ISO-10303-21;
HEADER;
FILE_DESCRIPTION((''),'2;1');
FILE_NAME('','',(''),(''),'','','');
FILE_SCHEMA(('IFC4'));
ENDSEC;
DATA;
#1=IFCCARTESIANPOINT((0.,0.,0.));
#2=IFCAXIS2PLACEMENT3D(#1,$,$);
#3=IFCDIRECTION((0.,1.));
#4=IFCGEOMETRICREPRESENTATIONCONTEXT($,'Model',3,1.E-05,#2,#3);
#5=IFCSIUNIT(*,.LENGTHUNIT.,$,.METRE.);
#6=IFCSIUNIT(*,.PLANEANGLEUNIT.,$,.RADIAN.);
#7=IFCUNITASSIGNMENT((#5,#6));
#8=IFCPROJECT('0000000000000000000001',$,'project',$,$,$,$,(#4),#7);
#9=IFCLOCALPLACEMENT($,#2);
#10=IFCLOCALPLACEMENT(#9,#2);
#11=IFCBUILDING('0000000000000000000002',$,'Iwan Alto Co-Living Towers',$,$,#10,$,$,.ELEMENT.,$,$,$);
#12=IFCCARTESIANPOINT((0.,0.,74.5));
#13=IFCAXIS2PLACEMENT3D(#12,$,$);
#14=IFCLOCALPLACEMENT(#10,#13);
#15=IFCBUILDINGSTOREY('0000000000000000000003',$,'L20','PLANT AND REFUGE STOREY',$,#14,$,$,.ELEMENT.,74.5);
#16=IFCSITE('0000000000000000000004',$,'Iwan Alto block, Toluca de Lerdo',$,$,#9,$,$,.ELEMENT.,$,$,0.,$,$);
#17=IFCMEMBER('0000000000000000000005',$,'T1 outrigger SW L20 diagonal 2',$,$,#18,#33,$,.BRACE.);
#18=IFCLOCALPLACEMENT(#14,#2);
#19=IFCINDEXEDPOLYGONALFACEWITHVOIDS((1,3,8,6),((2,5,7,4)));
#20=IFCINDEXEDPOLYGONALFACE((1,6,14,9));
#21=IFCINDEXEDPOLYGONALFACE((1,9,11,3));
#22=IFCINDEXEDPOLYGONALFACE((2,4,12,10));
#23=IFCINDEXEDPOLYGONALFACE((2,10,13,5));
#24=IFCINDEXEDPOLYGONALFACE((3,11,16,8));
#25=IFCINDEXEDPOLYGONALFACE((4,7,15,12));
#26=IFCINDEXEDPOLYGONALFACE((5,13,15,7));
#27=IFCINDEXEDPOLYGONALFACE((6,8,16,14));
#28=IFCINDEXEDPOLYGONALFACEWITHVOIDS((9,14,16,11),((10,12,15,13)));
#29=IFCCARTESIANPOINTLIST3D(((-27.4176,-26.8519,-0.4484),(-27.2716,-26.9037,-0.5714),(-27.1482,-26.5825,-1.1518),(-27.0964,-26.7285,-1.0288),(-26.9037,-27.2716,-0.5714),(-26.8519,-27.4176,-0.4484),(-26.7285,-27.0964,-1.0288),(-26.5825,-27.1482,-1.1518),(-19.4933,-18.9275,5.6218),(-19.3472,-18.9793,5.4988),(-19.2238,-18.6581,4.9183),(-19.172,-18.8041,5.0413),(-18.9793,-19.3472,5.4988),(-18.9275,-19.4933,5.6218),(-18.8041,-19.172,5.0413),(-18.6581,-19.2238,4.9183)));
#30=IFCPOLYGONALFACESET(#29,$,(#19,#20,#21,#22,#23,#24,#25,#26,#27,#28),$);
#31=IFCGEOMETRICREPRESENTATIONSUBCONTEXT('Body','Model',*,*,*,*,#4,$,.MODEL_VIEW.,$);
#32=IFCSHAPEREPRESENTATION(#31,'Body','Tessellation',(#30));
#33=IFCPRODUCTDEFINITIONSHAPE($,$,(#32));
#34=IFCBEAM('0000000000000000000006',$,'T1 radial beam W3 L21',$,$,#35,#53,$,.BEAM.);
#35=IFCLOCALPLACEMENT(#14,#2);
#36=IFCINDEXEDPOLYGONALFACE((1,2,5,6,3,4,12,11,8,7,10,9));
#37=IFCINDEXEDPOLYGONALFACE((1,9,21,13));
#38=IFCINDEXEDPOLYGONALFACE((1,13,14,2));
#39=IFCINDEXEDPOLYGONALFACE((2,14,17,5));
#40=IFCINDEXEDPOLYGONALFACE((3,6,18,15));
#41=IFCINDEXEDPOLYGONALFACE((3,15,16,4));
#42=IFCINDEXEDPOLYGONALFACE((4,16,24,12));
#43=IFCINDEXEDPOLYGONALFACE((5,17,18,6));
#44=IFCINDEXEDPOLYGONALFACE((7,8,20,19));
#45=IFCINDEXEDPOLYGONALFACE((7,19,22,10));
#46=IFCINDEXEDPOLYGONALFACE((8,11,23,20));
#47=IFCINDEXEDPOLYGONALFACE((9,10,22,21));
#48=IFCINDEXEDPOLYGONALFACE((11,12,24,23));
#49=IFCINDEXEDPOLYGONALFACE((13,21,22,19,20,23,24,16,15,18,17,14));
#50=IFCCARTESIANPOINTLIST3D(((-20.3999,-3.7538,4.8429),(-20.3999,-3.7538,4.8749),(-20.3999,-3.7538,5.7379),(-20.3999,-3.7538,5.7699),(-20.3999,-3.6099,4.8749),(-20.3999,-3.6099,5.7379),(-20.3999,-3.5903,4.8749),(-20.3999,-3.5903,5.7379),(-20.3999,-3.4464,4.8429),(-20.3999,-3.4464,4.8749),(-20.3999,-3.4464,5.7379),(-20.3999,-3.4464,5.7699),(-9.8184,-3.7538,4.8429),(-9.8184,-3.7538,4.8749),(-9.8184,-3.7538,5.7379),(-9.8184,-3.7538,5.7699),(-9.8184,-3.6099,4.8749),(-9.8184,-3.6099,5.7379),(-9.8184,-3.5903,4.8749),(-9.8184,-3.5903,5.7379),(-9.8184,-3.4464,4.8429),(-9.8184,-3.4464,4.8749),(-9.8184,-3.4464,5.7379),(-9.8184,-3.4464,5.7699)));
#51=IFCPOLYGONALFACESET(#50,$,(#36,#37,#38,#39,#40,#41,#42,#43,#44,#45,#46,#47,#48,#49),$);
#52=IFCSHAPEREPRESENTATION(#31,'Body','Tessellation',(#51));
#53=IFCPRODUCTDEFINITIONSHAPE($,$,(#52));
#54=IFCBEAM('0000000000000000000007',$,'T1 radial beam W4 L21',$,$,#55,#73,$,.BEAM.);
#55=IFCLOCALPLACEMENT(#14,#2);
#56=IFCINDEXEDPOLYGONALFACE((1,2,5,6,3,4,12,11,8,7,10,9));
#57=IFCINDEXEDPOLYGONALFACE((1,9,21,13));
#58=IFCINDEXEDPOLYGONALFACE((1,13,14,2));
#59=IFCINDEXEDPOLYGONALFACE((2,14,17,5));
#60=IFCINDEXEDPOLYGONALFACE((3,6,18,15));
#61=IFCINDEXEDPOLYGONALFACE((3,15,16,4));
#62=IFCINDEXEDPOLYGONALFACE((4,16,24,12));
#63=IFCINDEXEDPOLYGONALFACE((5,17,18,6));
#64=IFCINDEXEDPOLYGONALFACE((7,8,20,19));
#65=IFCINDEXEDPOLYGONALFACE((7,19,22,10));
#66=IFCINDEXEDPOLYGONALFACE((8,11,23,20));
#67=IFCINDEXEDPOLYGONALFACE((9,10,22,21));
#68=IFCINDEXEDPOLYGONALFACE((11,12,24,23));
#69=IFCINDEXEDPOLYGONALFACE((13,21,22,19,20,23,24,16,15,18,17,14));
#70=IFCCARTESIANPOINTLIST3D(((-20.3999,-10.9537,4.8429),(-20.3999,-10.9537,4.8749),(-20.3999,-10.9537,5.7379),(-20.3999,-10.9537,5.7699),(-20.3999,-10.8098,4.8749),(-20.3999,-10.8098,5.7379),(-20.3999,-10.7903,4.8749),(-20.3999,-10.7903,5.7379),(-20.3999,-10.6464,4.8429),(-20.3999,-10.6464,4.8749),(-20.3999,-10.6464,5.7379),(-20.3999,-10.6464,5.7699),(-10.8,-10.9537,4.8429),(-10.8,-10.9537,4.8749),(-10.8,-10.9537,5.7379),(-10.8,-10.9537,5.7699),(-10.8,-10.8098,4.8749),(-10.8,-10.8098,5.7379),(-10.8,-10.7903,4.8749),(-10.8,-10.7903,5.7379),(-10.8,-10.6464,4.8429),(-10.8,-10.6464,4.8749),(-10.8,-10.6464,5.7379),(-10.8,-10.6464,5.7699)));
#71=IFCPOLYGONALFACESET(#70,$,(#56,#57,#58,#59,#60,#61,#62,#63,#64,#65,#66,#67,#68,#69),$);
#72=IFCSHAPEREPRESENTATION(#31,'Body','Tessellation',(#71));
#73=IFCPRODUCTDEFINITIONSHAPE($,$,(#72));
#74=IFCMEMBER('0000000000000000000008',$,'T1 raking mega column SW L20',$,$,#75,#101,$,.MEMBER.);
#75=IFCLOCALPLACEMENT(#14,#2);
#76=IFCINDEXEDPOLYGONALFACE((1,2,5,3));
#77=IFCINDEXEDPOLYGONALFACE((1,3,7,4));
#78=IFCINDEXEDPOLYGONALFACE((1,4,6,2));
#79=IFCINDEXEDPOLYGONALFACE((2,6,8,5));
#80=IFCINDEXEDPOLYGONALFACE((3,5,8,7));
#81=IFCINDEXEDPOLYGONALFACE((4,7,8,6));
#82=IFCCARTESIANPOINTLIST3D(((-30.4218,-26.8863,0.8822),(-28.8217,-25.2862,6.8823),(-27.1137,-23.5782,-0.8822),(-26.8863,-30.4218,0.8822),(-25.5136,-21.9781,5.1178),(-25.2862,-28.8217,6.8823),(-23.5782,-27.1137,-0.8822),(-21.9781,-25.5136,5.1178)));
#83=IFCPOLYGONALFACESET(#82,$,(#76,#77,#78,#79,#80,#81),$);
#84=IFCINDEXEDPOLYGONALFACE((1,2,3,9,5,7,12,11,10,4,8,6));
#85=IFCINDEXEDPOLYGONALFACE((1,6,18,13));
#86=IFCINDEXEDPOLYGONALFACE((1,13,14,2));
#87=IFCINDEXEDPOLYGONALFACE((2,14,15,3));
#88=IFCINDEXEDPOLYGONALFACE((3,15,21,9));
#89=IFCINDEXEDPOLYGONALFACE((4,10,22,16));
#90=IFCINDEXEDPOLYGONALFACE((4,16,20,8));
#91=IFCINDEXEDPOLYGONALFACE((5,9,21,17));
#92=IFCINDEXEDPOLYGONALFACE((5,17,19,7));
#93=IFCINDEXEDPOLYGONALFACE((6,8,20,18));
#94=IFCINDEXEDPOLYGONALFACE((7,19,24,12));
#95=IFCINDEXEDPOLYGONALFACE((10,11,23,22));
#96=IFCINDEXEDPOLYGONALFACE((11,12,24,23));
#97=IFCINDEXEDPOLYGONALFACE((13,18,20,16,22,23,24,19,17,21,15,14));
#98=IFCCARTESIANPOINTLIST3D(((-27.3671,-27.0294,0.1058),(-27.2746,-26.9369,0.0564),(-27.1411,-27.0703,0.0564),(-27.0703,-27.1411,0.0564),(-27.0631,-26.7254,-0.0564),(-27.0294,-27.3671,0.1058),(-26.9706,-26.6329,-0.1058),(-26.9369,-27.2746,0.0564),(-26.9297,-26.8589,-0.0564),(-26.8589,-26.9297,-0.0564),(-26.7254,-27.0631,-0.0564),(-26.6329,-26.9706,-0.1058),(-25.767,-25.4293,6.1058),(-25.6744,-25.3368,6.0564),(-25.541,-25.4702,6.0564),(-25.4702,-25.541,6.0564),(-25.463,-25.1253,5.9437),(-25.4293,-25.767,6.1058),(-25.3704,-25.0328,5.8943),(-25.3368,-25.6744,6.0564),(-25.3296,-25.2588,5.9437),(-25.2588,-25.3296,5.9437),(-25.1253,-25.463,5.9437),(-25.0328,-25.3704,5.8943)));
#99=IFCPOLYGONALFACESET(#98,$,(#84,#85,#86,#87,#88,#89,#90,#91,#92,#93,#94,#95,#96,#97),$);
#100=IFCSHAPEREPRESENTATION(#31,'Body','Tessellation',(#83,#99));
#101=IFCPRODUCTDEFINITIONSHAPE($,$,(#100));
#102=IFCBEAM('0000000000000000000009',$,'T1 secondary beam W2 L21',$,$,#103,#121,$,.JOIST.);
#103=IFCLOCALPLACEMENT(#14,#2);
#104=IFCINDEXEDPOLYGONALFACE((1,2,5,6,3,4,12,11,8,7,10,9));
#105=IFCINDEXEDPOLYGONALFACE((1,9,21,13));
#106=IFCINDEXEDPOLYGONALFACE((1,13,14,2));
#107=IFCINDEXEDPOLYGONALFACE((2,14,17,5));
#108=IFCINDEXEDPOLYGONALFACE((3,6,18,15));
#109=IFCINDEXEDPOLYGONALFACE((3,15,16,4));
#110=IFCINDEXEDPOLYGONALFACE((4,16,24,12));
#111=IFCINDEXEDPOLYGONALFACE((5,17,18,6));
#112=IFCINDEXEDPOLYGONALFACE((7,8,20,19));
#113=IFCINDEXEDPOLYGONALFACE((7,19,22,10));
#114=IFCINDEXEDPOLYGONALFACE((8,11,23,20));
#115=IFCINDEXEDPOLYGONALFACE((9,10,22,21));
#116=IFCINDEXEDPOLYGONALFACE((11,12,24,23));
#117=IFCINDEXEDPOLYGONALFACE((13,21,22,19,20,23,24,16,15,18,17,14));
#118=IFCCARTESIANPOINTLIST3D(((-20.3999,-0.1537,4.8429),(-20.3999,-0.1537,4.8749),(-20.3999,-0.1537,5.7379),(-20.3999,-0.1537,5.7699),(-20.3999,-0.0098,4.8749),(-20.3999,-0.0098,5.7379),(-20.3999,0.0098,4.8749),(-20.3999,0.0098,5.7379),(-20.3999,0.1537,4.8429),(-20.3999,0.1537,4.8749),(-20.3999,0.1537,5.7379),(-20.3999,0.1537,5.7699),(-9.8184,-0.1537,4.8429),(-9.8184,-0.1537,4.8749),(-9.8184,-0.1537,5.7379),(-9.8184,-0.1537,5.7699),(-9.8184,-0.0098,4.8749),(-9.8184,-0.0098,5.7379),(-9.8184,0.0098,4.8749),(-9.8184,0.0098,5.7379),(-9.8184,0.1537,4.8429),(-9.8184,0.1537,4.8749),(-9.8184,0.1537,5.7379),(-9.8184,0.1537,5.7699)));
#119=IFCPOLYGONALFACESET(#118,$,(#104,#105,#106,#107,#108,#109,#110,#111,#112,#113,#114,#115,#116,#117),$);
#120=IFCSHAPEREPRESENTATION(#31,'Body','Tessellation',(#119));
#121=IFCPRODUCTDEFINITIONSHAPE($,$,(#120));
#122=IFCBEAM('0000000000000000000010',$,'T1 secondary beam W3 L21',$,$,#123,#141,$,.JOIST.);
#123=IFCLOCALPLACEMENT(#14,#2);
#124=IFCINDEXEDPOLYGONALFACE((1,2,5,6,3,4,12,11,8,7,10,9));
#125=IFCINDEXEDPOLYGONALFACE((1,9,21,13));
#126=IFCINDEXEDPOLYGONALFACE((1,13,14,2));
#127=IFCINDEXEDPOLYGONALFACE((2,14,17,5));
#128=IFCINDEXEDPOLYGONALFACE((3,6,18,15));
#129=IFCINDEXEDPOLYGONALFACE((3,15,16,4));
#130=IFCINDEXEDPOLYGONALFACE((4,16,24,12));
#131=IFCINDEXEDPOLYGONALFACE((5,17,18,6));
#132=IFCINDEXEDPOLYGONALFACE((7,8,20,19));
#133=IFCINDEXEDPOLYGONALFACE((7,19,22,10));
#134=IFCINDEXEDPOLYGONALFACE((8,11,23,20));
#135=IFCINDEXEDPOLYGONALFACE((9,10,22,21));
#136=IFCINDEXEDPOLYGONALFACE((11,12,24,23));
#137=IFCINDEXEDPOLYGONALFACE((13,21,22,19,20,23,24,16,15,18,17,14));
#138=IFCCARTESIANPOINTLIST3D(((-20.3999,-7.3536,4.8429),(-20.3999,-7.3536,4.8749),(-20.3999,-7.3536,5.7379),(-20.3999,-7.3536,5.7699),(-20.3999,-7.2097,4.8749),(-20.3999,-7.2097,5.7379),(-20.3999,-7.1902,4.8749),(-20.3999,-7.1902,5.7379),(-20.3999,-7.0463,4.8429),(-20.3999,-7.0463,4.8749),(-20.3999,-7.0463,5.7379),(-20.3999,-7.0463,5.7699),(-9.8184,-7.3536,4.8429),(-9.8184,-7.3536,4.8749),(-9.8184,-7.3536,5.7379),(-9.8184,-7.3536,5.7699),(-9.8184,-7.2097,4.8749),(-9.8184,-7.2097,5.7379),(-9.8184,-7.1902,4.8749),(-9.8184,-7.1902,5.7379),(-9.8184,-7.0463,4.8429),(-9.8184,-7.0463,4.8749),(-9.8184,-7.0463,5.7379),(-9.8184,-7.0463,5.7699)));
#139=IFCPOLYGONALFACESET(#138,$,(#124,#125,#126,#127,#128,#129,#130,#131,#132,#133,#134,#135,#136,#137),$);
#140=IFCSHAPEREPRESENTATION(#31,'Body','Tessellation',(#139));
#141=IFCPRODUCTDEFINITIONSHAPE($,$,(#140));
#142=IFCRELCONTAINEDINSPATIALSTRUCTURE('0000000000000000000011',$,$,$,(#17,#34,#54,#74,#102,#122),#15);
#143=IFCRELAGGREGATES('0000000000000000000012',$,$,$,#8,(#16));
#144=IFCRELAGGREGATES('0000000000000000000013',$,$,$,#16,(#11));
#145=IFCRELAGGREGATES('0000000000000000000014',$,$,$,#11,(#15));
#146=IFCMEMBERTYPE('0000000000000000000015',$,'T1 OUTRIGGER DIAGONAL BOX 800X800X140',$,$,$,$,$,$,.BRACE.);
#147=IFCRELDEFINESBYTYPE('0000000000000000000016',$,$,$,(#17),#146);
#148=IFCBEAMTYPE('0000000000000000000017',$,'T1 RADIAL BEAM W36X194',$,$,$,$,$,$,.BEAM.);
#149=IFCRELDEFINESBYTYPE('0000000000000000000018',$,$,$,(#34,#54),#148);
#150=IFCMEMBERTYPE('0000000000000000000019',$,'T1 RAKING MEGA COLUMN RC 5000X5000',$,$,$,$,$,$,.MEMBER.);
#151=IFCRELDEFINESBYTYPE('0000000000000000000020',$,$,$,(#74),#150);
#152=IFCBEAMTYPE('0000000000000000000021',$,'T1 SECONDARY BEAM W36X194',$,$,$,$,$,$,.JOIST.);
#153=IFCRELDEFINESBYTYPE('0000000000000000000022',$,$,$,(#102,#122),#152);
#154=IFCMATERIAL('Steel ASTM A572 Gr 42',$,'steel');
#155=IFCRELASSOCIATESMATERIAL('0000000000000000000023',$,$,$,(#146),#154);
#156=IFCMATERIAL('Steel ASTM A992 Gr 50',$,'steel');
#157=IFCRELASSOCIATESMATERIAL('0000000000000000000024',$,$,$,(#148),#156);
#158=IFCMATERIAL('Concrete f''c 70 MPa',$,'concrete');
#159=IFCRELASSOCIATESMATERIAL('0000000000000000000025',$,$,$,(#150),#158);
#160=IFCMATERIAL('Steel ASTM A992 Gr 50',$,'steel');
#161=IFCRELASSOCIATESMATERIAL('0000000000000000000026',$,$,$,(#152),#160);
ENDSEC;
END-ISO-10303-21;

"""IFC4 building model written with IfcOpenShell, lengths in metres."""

from ifc_helpers import new_model, si_unit, direction, frame, origin, origin_2d, place, context, subcontext, project, spatial, rectangle, hollow_rectangle, i_section, extrude, material, material_profile, profile_set, type_object, element, save


model = new_model("IFC4")

# Units and contexts
model_context = context("Model", 3, precision=1e-05, world=origin(), true_north=direction((0.0, 1.0)))
body_context = subcontext(model_context, "Body", "Model", "MODEL_VIEW")
ifc_project = project(units=[si_unit("LENGTHUNIT", "METRE"), si_unit("PLANEANGLEUNIT", "RADIAN")], contexts=[model_context])

# Site, building, storey
site_placement = place(None, origin())
site = spatial("IfcSite", under=ifc_project, at=site_placement, Name="Iwan Alto block, Toluca de Lerdo", CompositionType="ELEMENT", RefElevation=0.0)
building_placement = place(site_placement, origin())
building = spatial("IfcBuilding", under=site, at=building_placement, Name="Iwan Alto Co-Living Towers", CompositionType="ELEMENT")
storey_placement = place(building_placement, frame((0.0, 0.0, 74.5)))
storey = spatial("IfcBuildingStorey", under=building, at=storey_placement, Name="L20", Description="PLANT AND REFUGE STOREY", CompositionType="ELEMENT", Elevation=74.5)

# Member
ifc_material_1 = material(Name="Steel ASTM A572 Gr 42", Category="steel")
ifc_material_profile_1 = material_profile(ifc_material_1, hollow_rectangle(XDim=0.8, YDim=0.8, WallThickness=0.1399, at=origin_2d()), Name="BOX 800X800X140")
ifc_profile_set_1 = profile_set([ifc_material_profile_1], Name="Steel ASTM A572 Gr 42")
member_type_1 = type_object("IfcMemberType", Name="T1 OUTRIGGER DIAGONAL BOX 800X800X140", PredefinedType="BRACE", material=ifc_profile_set_1)
member_1_placement = place(storey_placement, frame((-19.0757, -19.0757, 5.27), z_axis=(-0.621758, -0.621758, -0.47627), x_axis=(0.707107, -0.707107, 0.0)))
element("IfcMember", 1, at=member_1_placement, inside=storey, type_object=member_type_1, Name="T1 outrigger SW L20 diagonal 2", PredefinedType="BRACE", context=body_context, shape_type="SweptSolid", body=[
    extrude(hollow_rectangle(XDim=0.8, YDim=0.8, WallThickness=0.1399, at=origin_2d()), origin(), (0.0, 0.0, 1.0), 12.7451),
])

# Beams
ifc_material_2 = material(Name="Steel ASTM A992 Gr 50", Category="steel")
ifc_material_profile_2 = material_profile(ifc_material_2, i_section(OverallWidth=0.3074, OverallDepth=0.927, WebThickness=0.0195, FlangeThickness=0.032, at=origin_2d()), Name="W36X194")
ifc_profile_set_2 = profile_set([ifc_material_profile_2], Name="Steel ASTM A992 Gr 50")
beam_type_1 = type_object("IfcBeamType", Name="T1 RADIAL BEAM W36X194", PredefinedType="BEAM", material=ifc_profile_set_2)
beam_1_placement = place(storey_placement, frame((-20.3999, -3.6001, 5.3064), z_axis=(1.0, 0.0, 0.0), x_axis=(0.0, 1.0, 0.0)))
element("IfcBeam", 2, at=beam_1_placement, inside=storey, type_object=beam_type_1, Name="T1 radial beam W3 L21", PredefinedType="BEAM", context=body_context, shape_type="SweptSolid", body=[
    extrude(i_section(OverallWidth=0.3074, OverallDepth=0.927, WebThickness=0.0195, FlangeThickness=0.032, at=origin_2d()), origin(), (0.0, 0.0, 1.0), 10.5815),
])
beam_2_placement = place(storey_placement, frame((-20.3999, -10.8, 5.3064), z_axis=(1.0, 0.0, 0.0), x_axis=(0.0, 1.0, 0.0)))
element("IfcBeam", 3, at=beam_2_placement, inside=storey, type_object=beam_type_1, Name="T1 radial beam W4 L21", PredefinedType="BEAM", context=body_context, shape_type="SweptSolid", body=[
    extrude(i_section(OverallWidth=0.3074, OverallDepth=0.927, WebThickness=0.0195, FlangeThickness=0.032, at=origin_2d()), origin(), (0.0, 0.0, 1.0), 9.5999),
])

# Member
ifc_material_3 = material(Name="Concrete f'c 70 MPa", Category="concrete")
ifc_material_profile_3 = material_profile(ifc_material_3, rectangle(XDim=5.0, YDim=5.0, at=origin_2d()), Name="RC 5000X5000")
ifc_profile_set_3 = profile_set([ifc_material_profile_3], Name="Concrete f'c 70 MPa")
member_type_2 = type_object("IfcMemberType", Name="T1 RAKING MEGA COLUMN RC 5000X5000", PredefinedType="MEMBER", material=ifc_profile_set_3)
member_2_placement = place(storey_placement, frame((-27.0, -27.0, 0.0), z_axis=(0.249526, 0.249526, 0.935667), x_axis=(-0.707107, 0.707107, 0.0)))
element("IfcMember", 4, at=member_2_placement, inside=storey, type_object=member_type_2, Name="T1 raking mega column SW L20", PredefinedType="MEMBER", context=body_context, shape_type="SweptSolid", body=[
    extrude(rectangle(XDim=5.0, YDim=5.0, at=origin_2d()), origin(), (0.0, 0.0, 1.0), 6.4126),
    extrude(i_section(OverallWidth=0.4775, OverallDepth=0.5994, WebThickness=0.1001, FlangeThickness=0.1399, at=origin_2d()), origin(), (0.0, 0.0, 1.0), 6.4126),
])

# Beams
ifc_material_4 = material(Name="Steel ASTM A992 Gr 50", Category="steel")
ifc_material_profile_4 = material_profile(ifc_material_4, i_section(OverallWidth=0.3074, OverallDepth=0.927, WebThickness=0.0195, FlangeThickness=0.032, at=origin_2d()), Name="W36X194")
ifc_profile_set_4 = profile_set([ifc_material_profile_4], Name="Steel ASTM A992 Gr 50")
beam_type_2 = type_object("IfcBeamType", Name="T1 SECONDARY BEAM W36X194", PredefinedType="JOIST", material=ifc_profile_set_4)
for number, where, z_axis, x_axis, name in (
    (5, (-20.3999, 0.0, 5.3064), (1.0, 0.0, 0.0), (0.0, 1.0, 0.0), "T1 secondary beam W2 L21"),
    (6, (-20.3999, -7.2, 5.3064), (1.0, 0.0, 0.0), (0.0, 1.0, 0.0), "T1 secondary beam W3 L21"),
):
    element("IfcBeam", number, at=place(storey_placement, frame(where, z_axis=z_axis, x_axis=x_axis)), inside=storey, type_object=beam_type_2, Name=name, PredefinedType="JOIST", context=body_context, shape_type="SweptSolid", body=[
        extrude(i_section(OverallWidth=0.3074, OverallDepth=0.927, WebThickness=0.0195, FlangeThickness=0.032, at=origin_2d()), origin(), (0.0, 0.0, 1.0), 10.5815),
    ])

save(model, "model.ifc")
